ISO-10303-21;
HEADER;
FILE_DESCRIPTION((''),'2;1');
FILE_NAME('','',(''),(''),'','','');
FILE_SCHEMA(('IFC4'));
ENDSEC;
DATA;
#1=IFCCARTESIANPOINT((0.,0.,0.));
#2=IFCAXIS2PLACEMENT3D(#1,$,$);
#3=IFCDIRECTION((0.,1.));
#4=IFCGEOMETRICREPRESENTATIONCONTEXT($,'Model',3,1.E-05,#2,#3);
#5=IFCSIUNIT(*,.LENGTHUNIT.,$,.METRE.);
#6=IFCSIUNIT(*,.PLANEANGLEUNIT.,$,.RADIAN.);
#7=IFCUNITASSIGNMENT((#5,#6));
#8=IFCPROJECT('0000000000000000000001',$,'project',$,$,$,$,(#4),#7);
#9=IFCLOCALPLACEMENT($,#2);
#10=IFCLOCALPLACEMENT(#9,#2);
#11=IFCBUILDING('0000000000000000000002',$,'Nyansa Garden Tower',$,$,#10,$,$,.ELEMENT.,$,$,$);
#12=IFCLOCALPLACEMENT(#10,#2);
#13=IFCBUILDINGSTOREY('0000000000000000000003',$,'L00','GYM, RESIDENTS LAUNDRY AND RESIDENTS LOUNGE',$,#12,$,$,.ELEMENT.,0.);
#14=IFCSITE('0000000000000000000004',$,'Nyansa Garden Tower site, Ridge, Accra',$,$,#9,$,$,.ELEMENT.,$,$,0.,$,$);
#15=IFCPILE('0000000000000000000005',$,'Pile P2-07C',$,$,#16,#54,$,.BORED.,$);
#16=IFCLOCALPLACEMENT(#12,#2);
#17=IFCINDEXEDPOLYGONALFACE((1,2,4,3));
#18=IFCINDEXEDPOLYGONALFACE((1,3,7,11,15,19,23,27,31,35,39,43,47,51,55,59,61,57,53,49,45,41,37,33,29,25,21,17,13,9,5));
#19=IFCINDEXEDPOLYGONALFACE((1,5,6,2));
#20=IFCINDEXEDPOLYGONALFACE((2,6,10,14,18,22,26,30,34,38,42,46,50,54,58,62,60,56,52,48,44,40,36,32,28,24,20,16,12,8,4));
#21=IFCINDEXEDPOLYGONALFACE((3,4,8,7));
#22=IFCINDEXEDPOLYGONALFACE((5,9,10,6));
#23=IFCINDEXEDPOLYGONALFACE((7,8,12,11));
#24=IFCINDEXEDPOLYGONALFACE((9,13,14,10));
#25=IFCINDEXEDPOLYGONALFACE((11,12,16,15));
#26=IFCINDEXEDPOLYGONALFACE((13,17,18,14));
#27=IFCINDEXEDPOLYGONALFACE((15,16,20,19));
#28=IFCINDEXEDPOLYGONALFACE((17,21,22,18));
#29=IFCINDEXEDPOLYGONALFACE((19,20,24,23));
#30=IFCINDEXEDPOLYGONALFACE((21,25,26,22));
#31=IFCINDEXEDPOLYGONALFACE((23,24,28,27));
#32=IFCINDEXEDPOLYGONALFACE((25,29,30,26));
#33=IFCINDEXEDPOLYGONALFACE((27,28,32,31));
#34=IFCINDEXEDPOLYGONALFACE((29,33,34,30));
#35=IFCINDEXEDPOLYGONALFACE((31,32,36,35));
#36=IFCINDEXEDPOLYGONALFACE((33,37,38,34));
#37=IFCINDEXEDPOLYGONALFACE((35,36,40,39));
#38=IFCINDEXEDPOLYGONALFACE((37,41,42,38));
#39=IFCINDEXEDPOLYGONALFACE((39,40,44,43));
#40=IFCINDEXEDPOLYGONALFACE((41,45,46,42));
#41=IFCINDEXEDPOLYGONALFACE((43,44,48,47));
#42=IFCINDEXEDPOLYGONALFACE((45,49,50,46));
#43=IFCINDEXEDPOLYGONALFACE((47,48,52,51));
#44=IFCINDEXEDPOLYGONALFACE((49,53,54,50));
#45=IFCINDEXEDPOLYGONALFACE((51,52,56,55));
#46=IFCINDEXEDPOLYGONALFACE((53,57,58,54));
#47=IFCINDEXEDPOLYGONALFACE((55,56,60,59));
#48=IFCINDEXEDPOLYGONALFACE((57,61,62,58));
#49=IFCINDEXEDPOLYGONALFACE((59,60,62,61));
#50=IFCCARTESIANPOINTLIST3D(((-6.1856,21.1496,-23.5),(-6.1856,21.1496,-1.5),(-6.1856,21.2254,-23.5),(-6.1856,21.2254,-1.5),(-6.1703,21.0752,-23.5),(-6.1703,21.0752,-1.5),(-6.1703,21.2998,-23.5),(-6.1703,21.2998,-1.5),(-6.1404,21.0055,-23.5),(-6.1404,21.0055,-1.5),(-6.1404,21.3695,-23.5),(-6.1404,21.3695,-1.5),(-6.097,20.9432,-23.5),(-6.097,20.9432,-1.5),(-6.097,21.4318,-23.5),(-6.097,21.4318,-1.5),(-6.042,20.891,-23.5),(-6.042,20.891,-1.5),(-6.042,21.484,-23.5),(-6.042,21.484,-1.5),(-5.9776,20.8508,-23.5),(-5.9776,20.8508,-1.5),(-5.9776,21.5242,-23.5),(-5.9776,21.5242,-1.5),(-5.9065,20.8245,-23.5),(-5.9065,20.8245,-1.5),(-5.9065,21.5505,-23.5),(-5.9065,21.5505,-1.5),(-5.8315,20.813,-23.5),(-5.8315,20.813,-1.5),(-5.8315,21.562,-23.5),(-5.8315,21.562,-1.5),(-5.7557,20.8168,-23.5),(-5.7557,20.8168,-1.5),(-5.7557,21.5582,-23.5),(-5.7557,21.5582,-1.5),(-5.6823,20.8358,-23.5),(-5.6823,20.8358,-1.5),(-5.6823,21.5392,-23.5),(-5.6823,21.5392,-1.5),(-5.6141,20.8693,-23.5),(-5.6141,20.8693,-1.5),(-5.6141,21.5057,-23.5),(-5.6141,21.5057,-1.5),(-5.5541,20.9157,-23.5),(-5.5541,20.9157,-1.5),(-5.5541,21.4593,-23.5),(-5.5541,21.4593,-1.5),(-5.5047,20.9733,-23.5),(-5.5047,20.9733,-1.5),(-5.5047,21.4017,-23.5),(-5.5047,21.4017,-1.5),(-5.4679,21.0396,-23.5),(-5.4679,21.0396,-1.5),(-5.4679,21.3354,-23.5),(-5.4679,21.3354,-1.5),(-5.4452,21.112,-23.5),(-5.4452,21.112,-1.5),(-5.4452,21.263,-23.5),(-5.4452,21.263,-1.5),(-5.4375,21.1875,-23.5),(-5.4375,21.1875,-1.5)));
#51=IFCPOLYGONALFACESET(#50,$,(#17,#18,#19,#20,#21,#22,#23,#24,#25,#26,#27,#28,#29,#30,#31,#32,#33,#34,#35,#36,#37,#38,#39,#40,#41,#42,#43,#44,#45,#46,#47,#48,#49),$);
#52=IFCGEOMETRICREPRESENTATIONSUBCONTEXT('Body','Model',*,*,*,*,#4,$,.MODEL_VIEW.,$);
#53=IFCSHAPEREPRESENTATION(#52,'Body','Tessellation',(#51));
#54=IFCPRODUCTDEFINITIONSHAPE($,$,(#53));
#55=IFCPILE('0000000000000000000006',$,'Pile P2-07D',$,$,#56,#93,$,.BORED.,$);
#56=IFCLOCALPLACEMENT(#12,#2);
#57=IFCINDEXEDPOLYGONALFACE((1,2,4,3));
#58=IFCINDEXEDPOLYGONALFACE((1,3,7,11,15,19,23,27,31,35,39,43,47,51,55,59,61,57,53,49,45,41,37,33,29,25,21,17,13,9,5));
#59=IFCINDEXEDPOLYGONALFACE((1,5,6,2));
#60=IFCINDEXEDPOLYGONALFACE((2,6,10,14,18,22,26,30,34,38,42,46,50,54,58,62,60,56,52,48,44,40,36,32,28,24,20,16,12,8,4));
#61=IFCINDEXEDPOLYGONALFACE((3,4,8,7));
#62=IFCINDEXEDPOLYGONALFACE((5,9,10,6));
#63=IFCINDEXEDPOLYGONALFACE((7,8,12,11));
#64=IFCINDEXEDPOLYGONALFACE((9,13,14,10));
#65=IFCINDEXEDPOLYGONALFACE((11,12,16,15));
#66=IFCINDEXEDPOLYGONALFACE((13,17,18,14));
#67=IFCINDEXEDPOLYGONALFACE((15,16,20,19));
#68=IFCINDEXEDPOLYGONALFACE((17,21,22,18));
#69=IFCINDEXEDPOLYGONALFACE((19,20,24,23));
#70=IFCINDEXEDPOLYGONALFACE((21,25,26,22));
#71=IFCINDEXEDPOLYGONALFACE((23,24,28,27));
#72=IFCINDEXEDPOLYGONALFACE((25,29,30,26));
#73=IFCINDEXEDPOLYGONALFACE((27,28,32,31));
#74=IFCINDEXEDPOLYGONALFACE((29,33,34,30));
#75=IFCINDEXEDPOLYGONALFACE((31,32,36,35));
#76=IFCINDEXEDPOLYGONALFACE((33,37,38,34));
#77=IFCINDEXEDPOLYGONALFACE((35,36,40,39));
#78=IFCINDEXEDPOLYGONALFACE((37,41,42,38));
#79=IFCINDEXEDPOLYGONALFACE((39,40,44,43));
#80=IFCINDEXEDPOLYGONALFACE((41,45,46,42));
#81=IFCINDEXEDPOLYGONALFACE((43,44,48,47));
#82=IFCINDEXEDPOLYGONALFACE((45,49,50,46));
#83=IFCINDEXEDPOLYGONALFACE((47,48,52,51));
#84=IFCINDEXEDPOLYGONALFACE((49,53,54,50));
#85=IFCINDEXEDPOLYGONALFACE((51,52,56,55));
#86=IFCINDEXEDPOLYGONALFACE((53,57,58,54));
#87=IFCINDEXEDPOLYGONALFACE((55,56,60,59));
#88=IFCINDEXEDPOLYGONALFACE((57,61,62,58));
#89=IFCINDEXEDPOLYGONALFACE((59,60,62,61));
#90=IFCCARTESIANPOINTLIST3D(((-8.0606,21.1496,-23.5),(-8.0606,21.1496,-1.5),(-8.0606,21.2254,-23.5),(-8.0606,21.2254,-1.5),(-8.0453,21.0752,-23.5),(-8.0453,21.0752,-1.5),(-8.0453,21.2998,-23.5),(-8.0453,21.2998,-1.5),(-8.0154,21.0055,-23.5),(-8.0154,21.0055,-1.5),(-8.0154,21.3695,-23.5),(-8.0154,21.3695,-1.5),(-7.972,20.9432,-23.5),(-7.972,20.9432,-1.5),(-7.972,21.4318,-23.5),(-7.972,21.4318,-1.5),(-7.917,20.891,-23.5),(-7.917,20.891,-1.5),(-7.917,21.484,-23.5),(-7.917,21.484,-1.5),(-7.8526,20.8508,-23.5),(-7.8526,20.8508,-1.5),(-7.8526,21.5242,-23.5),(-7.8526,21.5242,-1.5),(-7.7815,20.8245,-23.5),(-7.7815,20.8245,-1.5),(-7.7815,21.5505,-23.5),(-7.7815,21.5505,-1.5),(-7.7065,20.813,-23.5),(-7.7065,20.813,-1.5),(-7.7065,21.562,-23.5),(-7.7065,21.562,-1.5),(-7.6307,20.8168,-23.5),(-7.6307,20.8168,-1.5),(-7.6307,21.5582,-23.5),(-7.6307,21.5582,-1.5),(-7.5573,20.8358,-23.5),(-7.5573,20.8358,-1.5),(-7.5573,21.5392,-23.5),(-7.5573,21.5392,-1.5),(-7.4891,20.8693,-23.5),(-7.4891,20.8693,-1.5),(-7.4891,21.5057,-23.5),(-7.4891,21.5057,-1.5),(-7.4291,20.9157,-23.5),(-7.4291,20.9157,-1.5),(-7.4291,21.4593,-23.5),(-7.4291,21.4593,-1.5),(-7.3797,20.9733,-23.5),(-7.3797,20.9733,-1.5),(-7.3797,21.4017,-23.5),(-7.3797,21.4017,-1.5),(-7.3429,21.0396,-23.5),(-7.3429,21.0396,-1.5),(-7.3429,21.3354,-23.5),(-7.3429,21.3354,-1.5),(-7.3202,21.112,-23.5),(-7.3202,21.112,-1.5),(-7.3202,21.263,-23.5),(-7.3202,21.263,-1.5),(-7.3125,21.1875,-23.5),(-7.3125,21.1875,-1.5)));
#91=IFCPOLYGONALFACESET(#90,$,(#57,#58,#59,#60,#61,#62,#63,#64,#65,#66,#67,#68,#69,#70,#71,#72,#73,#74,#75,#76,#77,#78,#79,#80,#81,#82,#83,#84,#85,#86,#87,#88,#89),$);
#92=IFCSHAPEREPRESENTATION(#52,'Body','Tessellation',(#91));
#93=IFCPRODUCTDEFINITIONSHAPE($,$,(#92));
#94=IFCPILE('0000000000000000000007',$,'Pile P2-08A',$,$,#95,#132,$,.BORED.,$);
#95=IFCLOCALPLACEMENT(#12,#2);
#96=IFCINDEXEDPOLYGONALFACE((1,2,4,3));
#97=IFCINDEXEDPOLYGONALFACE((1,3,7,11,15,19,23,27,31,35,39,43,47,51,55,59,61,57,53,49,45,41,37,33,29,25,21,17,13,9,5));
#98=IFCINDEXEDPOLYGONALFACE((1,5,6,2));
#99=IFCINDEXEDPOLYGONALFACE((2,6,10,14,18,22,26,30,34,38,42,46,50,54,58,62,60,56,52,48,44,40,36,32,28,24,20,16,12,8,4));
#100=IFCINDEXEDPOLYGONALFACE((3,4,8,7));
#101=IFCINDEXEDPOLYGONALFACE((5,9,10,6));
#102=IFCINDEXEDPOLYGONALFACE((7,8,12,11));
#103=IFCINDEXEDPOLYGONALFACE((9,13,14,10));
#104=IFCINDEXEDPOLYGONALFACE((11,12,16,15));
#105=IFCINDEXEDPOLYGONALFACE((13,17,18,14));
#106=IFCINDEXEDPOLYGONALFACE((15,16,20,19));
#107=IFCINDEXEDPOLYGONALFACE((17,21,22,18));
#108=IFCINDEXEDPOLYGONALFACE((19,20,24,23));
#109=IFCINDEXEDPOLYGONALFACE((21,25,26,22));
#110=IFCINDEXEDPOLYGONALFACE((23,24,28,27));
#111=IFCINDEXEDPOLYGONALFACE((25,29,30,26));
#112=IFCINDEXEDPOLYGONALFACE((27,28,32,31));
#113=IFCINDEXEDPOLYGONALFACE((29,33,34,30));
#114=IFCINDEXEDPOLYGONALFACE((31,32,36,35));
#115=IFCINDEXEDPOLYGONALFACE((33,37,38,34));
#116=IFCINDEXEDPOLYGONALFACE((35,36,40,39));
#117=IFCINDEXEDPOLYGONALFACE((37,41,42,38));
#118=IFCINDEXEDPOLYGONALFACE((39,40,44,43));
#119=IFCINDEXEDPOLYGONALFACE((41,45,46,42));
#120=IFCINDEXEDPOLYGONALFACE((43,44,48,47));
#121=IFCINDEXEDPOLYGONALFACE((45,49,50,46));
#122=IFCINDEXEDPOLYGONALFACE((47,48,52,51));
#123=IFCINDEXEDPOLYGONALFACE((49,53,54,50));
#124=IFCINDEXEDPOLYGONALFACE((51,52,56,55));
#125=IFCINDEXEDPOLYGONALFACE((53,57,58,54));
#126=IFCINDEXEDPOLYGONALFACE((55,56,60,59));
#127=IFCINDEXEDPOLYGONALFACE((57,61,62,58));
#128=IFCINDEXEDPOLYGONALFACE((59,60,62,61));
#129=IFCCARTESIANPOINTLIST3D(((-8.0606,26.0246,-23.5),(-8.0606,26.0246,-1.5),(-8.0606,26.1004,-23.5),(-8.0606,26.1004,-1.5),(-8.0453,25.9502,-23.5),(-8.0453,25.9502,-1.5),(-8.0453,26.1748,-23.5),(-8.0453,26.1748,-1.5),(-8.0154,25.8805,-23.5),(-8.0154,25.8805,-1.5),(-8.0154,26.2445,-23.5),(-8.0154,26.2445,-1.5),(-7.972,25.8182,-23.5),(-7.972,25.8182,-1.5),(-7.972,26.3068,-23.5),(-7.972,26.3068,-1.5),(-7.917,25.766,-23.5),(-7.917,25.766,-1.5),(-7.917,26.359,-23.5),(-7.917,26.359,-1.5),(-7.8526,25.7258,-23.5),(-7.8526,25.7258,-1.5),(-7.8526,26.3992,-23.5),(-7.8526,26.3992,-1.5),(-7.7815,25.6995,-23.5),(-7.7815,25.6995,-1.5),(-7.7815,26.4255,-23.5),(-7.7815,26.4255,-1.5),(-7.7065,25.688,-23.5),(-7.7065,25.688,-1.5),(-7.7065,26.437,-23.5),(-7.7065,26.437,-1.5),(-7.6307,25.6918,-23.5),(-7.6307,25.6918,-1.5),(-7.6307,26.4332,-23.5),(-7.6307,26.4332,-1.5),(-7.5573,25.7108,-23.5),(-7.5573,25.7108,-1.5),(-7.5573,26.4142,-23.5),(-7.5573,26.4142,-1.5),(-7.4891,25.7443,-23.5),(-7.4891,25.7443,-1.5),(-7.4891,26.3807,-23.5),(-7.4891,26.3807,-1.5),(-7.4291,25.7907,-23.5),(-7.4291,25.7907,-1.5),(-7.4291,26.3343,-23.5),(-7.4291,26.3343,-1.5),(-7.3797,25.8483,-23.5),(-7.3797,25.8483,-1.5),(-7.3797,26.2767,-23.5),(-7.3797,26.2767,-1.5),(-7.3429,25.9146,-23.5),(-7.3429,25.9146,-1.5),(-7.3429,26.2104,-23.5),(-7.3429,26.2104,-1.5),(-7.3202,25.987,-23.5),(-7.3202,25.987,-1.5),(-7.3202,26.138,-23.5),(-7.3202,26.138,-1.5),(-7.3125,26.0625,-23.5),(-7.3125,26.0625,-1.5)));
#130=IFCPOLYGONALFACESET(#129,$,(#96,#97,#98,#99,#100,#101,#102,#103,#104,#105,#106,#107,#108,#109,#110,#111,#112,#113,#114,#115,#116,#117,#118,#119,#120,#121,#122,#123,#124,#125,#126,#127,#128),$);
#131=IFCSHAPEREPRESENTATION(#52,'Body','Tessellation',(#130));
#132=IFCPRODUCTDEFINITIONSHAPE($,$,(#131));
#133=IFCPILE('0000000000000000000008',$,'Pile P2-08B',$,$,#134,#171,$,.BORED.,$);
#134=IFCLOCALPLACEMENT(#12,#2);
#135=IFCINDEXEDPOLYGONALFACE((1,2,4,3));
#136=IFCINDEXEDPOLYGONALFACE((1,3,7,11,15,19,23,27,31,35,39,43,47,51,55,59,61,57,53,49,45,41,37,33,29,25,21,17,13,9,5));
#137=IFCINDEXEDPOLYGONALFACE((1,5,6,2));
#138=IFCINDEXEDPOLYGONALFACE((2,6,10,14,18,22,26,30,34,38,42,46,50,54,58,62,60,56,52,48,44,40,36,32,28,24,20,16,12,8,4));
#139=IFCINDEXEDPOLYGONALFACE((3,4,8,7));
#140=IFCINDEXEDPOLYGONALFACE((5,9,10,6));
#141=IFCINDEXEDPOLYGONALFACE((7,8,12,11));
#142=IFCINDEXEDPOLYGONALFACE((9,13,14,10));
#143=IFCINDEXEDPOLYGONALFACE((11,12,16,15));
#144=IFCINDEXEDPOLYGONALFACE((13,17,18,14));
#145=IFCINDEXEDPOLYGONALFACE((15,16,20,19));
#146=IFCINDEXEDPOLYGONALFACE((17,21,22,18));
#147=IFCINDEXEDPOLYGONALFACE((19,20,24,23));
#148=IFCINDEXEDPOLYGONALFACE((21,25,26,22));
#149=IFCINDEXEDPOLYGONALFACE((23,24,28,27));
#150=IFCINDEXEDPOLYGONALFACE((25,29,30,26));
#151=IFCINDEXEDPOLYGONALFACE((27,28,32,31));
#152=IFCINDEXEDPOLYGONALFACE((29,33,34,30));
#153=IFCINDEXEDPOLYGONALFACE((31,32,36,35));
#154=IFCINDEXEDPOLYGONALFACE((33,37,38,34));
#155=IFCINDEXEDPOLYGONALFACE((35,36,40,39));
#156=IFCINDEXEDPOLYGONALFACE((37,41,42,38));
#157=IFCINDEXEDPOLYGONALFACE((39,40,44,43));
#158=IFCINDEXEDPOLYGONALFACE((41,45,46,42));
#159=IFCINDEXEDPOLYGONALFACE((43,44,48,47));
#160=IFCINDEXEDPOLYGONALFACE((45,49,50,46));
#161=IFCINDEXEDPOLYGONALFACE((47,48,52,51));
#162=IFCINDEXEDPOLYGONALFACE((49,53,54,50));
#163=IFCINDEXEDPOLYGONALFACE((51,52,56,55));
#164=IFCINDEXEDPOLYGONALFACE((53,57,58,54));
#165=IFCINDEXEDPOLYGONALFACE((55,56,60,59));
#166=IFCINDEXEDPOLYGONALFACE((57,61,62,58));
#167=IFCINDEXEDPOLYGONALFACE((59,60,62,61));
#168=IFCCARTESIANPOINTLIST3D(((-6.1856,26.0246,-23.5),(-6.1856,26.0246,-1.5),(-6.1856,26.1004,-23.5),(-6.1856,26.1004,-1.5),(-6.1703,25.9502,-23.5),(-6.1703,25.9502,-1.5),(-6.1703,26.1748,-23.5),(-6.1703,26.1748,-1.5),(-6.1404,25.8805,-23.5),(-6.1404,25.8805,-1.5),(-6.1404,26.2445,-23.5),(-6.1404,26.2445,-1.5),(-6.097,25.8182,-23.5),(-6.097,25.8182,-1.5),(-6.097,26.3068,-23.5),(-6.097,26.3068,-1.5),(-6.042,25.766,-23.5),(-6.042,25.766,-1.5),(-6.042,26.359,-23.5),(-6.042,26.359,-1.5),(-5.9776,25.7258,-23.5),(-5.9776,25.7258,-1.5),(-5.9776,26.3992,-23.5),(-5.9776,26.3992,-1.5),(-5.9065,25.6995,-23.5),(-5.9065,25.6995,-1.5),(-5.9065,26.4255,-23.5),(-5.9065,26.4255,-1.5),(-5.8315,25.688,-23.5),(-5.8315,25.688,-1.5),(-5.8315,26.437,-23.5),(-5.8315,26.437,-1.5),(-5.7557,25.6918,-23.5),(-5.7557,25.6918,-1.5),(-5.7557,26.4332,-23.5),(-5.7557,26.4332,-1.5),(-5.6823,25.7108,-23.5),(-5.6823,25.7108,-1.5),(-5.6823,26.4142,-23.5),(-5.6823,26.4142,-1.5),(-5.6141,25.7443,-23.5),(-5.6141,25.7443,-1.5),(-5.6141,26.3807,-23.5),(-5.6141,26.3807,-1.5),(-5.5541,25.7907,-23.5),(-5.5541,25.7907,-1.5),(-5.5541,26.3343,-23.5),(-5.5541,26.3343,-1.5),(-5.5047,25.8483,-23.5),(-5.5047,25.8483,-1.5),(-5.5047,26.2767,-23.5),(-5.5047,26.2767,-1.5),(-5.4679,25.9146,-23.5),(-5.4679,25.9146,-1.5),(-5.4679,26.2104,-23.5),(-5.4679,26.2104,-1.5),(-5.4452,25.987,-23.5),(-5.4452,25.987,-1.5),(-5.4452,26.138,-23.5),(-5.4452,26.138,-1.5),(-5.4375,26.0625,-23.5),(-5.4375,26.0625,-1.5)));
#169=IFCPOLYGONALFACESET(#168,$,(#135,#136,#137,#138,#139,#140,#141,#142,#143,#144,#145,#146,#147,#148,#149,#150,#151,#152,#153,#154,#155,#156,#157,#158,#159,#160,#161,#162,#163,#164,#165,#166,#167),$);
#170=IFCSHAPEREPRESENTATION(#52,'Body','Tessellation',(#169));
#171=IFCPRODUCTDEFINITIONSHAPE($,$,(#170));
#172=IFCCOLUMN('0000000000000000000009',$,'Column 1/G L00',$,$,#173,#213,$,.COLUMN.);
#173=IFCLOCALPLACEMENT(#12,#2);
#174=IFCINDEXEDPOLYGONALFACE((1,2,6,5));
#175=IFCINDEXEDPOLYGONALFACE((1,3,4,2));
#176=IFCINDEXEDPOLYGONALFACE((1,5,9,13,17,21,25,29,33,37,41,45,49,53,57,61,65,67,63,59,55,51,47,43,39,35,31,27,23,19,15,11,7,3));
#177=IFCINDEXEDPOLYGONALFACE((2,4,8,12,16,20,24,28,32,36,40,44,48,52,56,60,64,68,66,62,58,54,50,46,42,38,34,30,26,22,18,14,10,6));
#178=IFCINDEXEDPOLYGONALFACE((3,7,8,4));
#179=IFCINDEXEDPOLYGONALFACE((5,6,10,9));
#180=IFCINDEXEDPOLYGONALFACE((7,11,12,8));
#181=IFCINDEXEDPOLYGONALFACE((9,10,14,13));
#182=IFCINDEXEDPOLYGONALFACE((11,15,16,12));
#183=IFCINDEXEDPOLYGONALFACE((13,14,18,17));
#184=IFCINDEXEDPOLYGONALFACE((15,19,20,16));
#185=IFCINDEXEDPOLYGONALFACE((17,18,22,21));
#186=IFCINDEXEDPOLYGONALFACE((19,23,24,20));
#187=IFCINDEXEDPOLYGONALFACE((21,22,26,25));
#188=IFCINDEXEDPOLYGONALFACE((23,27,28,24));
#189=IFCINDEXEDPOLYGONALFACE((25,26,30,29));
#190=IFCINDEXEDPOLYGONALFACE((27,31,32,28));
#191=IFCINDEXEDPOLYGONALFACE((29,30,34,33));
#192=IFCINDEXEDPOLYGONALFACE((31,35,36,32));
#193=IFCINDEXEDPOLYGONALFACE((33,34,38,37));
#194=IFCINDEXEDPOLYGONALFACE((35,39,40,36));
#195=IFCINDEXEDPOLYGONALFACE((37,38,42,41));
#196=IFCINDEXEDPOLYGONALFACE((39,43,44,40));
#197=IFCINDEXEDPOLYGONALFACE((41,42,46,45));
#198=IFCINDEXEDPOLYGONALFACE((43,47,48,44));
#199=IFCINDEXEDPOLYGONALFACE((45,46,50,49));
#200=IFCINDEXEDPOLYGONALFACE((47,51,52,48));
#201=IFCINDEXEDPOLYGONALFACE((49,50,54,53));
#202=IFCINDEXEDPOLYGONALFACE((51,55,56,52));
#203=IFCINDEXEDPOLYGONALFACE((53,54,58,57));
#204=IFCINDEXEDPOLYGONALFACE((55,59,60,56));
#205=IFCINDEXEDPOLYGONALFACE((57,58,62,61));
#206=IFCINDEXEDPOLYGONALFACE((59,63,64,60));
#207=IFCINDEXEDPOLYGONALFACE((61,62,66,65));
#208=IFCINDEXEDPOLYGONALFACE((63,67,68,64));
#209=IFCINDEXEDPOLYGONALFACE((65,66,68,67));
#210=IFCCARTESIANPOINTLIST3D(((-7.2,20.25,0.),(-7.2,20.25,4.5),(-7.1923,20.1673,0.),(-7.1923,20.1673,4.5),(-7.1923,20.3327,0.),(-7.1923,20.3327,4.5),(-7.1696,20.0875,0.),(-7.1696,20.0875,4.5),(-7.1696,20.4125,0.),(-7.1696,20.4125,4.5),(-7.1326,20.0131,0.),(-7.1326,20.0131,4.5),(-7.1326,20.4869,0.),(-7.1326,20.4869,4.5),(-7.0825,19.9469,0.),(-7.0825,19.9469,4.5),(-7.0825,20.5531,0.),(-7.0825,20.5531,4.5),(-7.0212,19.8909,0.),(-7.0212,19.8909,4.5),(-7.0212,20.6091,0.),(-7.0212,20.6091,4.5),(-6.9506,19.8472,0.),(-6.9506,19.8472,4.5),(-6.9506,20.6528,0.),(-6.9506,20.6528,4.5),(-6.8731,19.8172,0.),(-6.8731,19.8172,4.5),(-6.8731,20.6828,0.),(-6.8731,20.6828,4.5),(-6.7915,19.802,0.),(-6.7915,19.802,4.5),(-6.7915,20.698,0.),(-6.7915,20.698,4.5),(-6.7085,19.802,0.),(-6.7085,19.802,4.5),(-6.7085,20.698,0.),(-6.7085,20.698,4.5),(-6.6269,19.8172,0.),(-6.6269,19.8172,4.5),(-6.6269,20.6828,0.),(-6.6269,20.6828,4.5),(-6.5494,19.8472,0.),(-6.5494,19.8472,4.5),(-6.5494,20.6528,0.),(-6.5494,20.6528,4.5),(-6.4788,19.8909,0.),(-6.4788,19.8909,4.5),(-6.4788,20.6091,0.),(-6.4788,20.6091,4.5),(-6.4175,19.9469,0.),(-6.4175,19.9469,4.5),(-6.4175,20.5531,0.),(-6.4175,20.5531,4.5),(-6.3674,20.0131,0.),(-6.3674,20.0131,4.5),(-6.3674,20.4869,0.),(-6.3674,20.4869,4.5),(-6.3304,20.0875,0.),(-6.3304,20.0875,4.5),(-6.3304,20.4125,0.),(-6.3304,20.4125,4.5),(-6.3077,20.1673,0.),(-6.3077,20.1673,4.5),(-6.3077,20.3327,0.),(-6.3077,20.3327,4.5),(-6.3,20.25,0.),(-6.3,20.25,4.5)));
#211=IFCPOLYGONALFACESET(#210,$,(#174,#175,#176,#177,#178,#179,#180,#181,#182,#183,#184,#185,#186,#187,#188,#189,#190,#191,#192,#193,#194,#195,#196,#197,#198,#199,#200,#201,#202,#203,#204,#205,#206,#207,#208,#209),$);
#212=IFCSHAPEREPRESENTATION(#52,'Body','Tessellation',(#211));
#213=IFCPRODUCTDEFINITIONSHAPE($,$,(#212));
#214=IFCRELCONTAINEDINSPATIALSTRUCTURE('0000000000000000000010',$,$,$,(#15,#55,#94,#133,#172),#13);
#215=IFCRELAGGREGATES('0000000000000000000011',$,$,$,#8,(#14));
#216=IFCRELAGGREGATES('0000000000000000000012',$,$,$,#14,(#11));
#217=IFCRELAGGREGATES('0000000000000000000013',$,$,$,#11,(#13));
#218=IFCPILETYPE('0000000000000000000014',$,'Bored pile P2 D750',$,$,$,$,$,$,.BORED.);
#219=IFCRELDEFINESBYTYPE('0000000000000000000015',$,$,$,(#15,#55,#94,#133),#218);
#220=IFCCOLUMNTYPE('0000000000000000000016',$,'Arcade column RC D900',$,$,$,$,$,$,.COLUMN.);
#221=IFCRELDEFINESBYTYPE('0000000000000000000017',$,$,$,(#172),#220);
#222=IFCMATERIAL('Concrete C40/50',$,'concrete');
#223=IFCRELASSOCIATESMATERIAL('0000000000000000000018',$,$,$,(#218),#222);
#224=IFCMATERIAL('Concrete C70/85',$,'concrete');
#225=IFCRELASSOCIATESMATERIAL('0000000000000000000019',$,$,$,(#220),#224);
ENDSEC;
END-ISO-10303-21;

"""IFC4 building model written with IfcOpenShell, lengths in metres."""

from ifc_helpers import new_model, si_unit, direction, frame, origin, origin_2d, place, context, subcontext, project, spatial, circle, extrude, material, material_profile, profile_set, type_object, element, save


model = new_model("IFC4")

# Units and contexts
model_context = context("Model", 3, precision=1e-05, world=origin(), true_north=direction((0.0, 1.0)))
body_context = subcontext(model_context, "Body", "Model", "MODEL_VIEW")
ifc_project = project(units=[si_unit("LENGTHUNIT", "METRE"), si_unit("PLANEANGLEUNIT", "RADIAN")], contexts=[model_context])

# Site, building, storey
site_placement = place(None, origin())
site = spatial("IfcSite", under=ifc_project, at=site_placement, Name="Nyansa Garden Tower site, Ridge, Accra", CompositionType="ELEMENT", RefElevation=0.0)
building_placement = place(site_placement, origin())
building = spatial("IfcBuilding", under=site, at=building_placement, Name="Nyansa Garden Tower", CompositionType="ELEMENT")
storey_placement = place(building_placement, origin())
storey = spatial("IfcBuildingStorey", under=building, at=storey_placement, Name="L00", Description="GYM, RESIDENTS LAUNDRY AND RESIDENTS LOUNGE", CompositionType="ELEMENT", Elevation=0.0)

# Piles
ifc_material_1 = material(Name="Concrete C40/50", Category="concrete")
pile_type_1 = type_object("IfcPileType", Name="Bored pile P2 D750", PredefinedType="BORED", material=ifc_material_1)
for number, where, z_axis, x_axis, name in (
    (1, (-5.8125, 21.1875, -1.5), (0.0, 0.0, -1.0), (1.0, 0.0, 0.0), "Pile P2-07C"),
    (2, (-7.6875, 21.1875, -1.5), (0.0, 0.0, -1.0), (1.0, 0.0, 0.0), "Pile P2-07D"),
    (3, (-7.6875, 26.0625, -1.5), (0.0, 0.0, -1.0), (1.0, 0.0, 0.0), "Pile P2-08A"),
    (4, (-5.8125, 26.0625, -1.5), (0.0, 0.0, -1.0), (1.0, 0.0, 0.0), "Pile P2-08B"),
):
    element("IfcPile", number, at=place(storey_placement, frame(where, z_axis=z_axis, x_axis=x_axis)), inside=storey, type_object=pile_type_1, Name=name, PredefinedType="BORED", context=body_context, shape_type="SweptSolid", body=[
        extrude(circle(Radius=0.375, at=origin_2d()), origin(), (0.0, 0.0, 1.0), 22.0),
    ])

# Column
ifc_material_2 = material(Name="Concrete C70/85", Category="concrete")
ifc_material_profile_1 = material_profile(ifc_material_2, circle(Radius=0.45, at=origin_2d()), Name="RC D900")
ifc_profile_set_1 = profile_set([ifc_material_profile_1], Name="Concrete C70/85")
column_type_1 = type_object("IfcColumnType", Name="Arcade column RC D900", PredefinedType="COLUMN", material=ifc_profile_set_1)
for number, where, z_axis, x_axis, name in (
    (5, (-6.75, 20.25, 0.0), (0.0, 0.0, 1.0), (1.0, 0.0, 0.0), "Column 1/G L00"),
):
    element("IfcColumn", number, at=place(storey_placement, frame(where, z_axis=z_axis, x_axis=x_axis)), inside=storey, type_object=column_type_1, Name=name, PredefinedType="COLUMN", context=body_context, shape_type="SweptSolid", body=[
        extrude(circle(Radius=0.45, at=origin_2d()), origin(), (0.0, 0.0, 1.0), 4.5),
    ])

save(model, "model.ifc")
